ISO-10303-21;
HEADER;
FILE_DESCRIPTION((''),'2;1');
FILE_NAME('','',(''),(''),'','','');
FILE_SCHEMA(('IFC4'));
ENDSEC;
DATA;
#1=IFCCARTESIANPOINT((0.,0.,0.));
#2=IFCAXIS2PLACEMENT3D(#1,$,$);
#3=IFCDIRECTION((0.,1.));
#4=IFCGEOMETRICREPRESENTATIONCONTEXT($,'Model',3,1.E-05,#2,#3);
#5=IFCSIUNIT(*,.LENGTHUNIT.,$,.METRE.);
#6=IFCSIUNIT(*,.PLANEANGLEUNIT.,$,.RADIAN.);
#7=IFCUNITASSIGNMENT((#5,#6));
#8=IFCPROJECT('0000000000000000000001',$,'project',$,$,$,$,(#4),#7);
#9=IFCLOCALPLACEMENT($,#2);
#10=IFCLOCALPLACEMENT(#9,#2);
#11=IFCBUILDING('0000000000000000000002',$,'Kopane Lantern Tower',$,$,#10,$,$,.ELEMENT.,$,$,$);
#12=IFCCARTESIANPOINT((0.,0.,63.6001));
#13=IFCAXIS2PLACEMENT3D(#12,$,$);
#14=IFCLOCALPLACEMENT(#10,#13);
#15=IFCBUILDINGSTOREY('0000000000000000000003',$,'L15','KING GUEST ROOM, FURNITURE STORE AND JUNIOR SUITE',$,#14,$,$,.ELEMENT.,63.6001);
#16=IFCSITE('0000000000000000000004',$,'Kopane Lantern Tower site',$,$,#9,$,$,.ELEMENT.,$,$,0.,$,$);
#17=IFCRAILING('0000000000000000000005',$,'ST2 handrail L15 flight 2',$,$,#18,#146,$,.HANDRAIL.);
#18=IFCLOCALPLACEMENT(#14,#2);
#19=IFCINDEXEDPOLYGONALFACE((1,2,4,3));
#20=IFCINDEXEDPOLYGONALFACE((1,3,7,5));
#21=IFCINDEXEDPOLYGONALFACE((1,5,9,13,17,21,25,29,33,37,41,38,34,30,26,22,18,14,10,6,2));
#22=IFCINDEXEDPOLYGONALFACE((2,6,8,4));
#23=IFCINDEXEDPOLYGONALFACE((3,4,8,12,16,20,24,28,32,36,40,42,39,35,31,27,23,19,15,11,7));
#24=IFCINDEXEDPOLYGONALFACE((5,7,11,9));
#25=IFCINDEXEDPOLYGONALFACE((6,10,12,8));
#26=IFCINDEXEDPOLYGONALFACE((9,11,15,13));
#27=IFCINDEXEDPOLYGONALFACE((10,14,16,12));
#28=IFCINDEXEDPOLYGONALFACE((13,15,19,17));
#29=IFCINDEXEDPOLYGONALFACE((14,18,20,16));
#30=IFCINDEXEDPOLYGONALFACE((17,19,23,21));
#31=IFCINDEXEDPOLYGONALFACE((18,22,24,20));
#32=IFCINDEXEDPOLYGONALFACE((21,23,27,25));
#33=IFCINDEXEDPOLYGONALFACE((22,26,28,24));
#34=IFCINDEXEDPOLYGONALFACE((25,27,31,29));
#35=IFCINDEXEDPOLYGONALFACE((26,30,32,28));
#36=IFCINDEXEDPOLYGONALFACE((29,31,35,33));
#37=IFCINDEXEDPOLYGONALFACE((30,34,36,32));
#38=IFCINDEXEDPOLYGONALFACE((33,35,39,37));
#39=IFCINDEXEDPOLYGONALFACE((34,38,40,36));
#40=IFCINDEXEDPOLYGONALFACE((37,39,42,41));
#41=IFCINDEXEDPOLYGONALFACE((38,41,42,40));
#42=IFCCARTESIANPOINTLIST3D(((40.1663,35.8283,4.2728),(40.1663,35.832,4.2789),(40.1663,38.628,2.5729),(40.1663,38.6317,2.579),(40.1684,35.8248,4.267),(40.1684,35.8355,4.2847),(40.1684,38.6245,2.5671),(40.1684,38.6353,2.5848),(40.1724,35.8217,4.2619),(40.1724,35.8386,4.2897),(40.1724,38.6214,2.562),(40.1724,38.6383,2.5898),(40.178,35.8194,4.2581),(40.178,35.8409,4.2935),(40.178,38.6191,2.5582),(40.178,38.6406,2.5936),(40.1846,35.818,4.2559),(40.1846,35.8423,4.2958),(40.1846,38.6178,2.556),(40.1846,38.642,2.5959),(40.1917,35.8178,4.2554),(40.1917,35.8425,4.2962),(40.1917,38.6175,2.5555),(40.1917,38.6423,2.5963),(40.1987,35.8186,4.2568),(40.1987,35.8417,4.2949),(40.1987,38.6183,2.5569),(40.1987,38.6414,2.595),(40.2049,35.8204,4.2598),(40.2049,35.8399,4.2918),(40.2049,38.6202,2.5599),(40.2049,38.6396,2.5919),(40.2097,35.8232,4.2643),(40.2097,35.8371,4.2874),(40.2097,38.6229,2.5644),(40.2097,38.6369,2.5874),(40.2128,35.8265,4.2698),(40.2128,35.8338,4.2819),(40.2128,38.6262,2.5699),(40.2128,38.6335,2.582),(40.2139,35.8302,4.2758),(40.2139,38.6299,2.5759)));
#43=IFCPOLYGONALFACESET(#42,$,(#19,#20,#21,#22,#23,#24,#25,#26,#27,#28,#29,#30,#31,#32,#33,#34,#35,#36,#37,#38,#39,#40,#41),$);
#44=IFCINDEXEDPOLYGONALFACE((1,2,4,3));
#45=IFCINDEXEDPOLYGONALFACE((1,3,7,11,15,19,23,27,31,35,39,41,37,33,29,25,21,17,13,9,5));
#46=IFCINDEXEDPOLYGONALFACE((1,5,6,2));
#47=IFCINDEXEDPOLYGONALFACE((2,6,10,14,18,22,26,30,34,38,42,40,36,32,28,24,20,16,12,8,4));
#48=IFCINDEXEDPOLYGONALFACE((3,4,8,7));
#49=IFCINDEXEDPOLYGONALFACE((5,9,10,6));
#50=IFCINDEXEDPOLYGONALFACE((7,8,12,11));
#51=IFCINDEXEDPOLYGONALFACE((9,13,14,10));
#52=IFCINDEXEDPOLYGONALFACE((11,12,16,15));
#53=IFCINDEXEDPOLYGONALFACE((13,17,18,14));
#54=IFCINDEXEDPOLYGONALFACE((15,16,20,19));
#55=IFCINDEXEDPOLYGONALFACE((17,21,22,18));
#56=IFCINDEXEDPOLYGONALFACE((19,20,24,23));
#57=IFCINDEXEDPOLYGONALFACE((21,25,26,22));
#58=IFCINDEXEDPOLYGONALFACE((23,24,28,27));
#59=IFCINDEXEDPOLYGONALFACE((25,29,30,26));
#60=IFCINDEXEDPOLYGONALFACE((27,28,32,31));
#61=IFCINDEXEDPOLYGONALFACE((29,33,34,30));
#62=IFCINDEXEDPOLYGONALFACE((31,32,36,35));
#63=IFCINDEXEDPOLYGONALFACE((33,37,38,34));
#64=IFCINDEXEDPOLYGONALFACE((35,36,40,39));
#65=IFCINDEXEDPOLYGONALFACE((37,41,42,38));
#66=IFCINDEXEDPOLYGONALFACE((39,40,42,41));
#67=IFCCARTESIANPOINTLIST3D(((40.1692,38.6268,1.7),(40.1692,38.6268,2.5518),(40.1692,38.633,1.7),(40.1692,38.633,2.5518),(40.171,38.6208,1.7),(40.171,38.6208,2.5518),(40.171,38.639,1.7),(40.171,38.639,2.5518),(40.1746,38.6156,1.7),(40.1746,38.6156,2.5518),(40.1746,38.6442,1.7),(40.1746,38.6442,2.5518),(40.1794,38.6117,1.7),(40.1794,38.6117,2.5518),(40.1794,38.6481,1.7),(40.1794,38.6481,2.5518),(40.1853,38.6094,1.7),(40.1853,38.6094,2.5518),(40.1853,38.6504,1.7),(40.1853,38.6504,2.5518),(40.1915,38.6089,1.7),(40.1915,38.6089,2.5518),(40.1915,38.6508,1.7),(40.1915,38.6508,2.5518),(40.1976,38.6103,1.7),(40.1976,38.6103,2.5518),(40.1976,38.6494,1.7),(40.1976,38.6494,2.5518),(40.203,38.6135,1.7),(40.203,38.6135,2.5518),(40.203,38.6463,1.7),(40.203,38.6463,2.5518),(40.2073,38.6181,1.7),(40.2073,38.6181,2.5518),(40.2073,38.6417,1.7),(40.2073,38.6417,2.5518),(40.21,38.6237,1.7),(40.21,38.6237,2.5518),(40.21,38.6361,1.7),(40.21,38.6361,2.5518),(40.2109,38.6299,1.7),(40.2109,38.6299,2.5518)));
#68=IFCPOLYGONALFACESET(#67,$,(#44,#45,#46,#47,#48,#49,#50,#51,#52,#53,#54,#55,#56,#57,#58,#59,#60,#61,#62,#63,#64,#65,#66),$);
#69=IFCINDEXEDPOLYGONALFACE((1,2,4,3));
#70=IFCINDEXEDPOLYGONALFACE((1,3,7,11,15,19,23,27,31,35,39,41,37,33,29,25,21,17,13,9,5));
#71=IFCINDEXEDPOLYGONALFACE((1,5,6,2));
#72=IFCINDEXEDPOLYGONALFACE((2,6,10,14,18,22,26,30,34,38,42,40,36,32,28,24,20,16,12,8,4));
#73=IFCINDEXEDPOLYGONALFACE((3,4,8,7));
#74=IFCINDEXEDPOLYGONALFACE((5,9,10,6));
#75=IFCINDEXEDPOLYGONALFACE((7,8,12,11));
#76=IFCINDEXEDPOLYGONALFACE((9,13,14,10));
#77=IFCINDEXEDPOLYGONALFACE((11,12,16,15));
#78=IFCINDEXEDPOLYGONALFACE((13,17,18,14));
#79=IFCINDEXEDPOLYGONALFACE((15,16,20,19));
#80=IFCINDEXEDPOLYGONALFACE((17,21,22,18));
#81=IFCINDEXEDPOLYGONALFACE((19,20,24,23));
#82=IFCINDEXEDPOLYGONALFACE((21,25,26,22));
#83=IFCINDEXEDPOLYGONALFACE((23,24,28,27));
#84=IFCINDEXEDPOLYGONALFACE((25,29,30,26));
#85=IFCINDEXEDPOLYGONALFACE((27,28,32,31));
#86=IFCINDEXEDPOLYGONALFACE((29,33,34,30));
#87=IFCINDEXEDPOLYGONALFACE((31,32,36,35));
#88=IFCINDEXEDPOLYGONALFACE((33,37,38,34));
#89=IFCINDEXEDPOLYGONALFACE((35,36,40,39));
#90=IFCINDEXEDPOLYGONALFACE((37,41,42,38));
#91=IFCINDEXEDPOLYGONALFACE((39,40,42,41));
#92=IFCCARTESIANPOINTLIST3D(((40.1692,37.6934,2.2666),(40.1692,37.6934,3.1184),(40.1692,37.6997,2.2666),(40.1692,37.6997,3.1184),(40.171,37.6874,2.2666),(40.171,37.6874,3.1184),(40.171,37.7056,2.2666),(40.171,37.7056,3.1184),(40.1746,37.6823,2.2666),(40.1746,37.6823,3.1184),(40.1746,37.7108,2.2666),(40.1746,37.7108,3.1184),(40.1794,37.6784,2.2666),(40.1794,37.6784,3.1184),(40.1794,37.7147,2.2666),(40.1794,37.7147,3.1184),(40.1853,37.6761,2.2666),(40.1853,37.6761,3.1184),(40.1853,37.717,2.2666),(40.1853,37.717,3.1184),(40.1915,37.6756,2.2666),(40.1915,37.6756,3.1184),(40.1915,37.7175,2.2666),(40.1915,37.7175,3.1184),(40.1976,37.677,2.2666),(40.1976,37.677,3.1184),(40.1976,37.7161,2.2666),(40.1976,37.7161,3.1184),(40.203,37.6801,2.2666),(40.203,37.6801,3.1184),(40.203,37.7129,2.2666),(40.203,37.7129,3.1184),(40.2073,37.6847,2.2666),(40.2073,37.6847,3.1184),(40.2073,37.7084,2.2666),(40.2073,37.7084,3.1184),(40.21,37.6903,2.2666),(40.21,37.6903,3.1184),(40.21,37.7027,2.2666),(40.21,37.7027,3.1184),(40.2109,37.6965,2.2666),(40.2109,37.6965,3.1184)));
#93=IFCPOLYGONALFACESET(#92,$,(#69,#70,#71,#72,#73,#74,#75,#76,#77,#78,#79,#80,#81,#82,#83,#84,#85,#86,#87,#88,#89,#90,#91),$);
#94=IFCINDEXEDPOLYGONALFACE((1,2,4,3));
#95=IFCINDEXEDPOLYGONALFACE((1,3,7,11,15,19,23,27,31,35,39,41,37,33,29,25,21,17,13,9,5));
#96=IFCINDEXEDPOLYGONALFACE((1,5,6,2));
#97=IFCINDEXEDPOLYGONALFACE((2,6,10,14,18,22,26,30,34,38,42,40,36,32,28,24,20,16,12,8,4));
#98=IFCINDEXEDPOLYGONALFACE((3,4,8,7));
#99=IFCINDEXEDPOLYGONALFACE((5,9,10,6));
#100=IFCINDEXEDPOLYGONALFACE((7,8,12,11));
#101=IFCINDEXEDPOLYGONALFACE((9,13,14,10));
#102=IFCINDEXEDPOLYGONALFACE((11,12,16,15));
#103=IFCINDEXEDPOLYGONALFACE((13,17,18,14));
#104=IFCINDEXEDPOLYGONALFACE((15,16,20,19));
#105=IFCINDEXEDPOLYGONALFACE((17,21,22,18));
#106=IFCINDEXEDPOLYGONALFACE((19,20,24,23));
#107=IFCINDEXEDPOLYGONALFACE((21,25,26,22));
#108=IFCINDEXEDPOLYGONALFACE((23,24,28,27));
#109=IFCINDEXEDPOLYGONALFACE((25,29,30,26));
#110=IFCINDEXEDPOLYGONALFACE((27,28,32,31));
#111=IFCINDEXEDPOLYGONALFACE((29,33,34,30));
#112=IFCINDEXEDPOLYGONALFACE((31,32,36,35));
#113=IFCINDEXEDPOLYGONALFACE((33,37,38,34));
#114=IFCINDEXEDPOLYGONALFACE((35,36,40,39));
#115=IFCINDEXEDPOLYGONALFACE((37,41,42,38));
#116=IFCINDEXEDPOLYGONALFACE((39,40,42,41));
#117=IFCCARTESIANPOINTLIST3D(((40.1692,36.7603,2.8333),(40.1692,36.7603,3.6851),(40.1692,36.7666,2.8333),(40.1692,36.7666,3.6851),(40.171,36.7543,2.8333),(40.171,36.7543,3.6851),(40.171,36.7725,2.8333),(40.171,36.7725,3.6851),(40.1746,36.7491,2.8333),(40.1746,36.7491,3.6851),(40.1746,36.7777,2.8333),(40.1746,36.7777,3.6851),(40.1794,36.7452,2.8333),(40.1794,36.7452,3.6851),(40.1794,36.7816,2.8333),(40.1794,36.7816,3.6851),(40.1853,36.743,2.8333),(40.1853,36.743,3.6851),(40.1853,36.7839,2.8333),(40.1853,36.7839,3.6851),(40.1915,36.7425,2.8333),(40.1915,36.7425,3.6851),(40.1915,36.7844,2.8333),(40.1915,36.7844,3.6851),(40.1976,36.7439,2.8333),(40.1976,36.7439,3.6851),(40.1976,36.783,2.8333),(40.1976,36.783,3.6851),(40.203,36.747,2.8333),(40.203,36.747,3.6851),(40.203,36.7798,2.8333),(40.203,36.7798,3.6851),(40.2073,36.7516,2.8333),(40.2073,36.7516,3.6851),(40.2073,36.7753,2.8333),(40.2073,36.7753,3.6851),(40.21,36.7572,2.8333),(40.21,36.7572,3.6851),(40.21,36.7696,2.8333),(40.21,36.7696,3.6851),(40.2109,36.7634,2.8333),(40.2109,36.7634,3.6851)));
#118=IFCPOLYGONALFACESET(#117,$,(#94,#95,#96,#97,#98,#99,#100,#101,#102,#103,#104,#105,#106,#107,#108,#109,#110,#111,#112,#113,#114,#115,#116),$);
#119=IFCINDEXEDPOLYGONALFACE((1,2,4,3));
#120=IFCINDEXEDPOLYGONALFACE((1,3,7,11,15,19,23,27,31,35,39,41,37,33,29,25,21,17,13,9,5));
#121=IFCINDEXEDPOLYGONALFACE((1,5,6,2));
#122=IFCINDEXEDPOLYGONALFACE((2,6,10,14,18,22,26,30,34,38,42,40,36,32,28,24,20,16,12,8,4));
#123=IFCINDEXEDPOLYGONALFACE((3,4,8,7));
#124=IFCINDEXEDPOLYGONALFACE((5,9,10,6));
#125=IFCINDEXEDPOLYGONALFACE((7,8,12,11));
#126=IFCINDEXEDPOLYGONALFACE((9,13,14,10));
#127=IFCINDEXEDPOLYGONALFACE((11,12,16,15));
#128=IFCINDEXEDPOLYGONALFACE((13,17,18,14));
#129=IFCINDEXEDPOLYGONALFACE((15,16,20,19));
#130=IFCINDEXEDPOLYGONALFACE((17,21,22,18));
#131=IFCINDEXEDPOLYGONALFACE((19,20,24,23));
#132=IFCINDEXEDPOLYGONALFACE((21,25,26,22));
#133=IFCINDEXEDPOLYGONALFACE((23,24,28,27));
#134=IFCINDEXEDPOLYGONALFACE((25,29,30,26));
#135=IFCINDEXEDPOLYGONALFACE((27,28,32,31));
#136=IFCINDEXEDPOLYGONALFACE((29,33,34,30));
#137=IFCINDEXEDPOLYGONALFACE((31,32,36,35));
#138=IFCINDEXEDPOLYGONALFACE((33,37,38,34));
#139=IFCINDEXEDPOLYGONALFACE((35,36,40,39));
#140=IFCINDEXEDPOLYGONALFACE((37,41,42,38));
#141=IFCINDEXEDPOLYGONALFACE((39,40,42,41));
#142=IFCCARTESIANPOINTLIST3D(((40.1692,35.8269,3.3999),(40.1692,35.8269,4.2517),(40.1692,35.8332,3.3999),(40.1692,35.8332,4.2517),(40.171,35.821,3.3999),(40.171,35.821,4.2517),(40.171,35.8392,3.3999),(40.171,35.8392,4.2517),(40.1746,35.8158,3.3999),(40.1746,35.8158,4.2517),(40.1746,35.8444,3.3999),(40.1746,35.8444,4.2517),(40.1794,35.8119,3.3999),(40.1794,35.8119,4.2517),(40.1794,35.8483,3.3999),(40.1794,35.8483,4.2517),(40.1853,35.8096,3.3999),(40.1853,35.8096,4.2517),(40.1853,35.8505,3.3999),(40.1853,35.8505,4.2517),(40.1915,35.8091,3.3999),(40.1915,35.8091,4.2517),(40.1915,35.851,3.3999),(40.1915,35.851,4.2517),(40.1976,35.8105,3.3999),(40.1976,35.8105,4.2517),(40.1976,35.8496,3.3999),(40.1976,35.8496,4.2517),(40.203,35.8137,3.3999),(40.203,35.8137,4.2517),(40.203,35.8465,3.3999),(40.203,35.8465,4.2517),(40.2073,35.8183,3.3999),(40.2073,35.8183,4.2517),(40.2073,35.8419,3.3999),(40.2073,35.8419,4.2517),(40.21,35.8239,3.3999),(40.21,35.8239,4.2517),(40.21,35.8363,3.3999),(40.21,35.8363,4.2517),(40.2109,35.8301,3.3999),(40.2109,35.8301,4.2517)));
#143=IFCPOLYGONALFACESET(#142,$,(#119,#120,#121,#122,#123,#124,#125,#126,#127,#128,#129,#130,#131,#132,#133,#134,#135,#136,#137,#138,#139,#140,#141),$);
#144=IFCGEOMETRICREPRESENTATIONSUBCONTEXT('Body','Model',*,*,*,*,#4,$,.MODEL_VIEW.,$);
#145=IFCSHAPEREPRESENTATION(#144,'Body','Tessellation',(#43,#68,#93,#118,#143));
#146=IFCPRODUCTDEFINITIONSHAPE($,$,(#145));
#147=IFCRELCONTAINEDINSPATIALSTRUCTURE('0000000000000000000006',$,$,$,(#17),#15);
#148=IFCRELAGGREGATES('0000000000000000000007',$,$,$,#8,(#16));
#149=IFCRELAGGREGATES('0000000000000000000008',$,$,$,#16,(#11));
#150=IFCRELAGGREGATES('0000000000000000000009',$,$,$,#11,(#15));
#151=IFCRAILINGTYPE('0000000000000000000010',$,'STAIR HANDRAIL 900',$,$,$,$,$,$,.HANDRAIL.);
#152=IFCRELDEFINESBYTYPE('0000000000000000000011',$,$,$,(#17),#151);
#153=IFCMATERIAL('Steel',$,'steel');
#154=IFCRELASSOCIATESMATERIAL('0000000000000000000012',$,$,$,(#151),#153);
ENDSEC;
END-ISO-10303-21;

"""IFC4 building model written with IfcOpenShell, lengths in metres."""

from ifc_helpers import new_model, si_unit, direction, frame, origin, origin_2d, place, context, subcontext, project, spatial, circle, extrude, material, type_object, element, save


model = new_model("IFC4")

# Units and contexts
model_context = context("Model", 3, precision=1e-05, world=origin(), true_north=direction((0.0, 1.0)))
body_context = subcontext(model_context, "Body", "Model", "MODEL_VIEW")
ifc_project = project(units=[si_unit("LENGTHUNIT", "METRE"), si_unit("PLANEANGLEUNIT", "RADIAN")], contexts=[model_context])

# Site, building, storey
site_placement = place(None, origin())
site = spatial("IfcSite", under=ifc_project, at=site_placement, Name="Kopane Lantern Tower site", CompositionType="ELEMENT", RefElevation=0.0)
building_placement = place(site_placement, origin())
building = spatial("IfcBuilding", under=site, at=building_placement, Name="Kopane Lantern Tower", CompositionType="ELEMENT")
storey_placement = place(building_placement, frame((0.0, 0.0, 63.6001)))
storey = spatial("IfcBuildingStorey", under=building, at=storey_placement, Name="L15", Description="KING GUEST ROOM, FURNITURE STORE AND JUNIOR SUITE", CompositionType="ELEMENT", Elevation=63.6001)

# Railing
ifc_material_1 = material(Name="Steel", Category="steel")
railing_type_1 = type_object("IfcRailingType", Name="STAIR HANDRAIL 900", PredefinedType="HANDRAIL", material=ifc_material_1)
for number, where, name in (
    (1, (40.1899, 38.6299, 1.7), "ST2 handrail L15 flight 2"),
):
    element("IfcRailing", number, at=place(storey_placement, frame(where)), inside=storey, type_object=railing_type_1, Name=name, PredefinedType="HANDRAIL", context=body_context, shape_type="SweptSolid", body=[
        extrude(circle(Radius=0.0239, at=origin_2d()), frame((0.0, 0.0, 0.876), z_axis=(0.0, -0.854778, 0.518994), x_axis=(1.0, 0.0, 0.0)), (0.0, 0.0, 1.0), 3.2754),
        extrude(circle(Radius=0.021, at=origin_2d()), origin(), (0.0, 0.0, 1.0), 0.8518),
        extrude(circle(Radius=0.021, at=origin_2d()), frame((0.0, -0.9333, 0.5667)), (0.0, 0.0, 1.0), 0.8518),
        extrude(circle(Radius=0.021, at=origin_2d()), frame((0.0, -1.8665, 1.1333)), (0.0, 0.0, 1.0), 0.8518),
        extrude(circle(Radius=0.021, at=origin_2d()), frame((0.0, -2.7998, 1.7)), (0.0, 0.0, 1.0), 0.8518),
    ])

save(model, "model.ifc")
